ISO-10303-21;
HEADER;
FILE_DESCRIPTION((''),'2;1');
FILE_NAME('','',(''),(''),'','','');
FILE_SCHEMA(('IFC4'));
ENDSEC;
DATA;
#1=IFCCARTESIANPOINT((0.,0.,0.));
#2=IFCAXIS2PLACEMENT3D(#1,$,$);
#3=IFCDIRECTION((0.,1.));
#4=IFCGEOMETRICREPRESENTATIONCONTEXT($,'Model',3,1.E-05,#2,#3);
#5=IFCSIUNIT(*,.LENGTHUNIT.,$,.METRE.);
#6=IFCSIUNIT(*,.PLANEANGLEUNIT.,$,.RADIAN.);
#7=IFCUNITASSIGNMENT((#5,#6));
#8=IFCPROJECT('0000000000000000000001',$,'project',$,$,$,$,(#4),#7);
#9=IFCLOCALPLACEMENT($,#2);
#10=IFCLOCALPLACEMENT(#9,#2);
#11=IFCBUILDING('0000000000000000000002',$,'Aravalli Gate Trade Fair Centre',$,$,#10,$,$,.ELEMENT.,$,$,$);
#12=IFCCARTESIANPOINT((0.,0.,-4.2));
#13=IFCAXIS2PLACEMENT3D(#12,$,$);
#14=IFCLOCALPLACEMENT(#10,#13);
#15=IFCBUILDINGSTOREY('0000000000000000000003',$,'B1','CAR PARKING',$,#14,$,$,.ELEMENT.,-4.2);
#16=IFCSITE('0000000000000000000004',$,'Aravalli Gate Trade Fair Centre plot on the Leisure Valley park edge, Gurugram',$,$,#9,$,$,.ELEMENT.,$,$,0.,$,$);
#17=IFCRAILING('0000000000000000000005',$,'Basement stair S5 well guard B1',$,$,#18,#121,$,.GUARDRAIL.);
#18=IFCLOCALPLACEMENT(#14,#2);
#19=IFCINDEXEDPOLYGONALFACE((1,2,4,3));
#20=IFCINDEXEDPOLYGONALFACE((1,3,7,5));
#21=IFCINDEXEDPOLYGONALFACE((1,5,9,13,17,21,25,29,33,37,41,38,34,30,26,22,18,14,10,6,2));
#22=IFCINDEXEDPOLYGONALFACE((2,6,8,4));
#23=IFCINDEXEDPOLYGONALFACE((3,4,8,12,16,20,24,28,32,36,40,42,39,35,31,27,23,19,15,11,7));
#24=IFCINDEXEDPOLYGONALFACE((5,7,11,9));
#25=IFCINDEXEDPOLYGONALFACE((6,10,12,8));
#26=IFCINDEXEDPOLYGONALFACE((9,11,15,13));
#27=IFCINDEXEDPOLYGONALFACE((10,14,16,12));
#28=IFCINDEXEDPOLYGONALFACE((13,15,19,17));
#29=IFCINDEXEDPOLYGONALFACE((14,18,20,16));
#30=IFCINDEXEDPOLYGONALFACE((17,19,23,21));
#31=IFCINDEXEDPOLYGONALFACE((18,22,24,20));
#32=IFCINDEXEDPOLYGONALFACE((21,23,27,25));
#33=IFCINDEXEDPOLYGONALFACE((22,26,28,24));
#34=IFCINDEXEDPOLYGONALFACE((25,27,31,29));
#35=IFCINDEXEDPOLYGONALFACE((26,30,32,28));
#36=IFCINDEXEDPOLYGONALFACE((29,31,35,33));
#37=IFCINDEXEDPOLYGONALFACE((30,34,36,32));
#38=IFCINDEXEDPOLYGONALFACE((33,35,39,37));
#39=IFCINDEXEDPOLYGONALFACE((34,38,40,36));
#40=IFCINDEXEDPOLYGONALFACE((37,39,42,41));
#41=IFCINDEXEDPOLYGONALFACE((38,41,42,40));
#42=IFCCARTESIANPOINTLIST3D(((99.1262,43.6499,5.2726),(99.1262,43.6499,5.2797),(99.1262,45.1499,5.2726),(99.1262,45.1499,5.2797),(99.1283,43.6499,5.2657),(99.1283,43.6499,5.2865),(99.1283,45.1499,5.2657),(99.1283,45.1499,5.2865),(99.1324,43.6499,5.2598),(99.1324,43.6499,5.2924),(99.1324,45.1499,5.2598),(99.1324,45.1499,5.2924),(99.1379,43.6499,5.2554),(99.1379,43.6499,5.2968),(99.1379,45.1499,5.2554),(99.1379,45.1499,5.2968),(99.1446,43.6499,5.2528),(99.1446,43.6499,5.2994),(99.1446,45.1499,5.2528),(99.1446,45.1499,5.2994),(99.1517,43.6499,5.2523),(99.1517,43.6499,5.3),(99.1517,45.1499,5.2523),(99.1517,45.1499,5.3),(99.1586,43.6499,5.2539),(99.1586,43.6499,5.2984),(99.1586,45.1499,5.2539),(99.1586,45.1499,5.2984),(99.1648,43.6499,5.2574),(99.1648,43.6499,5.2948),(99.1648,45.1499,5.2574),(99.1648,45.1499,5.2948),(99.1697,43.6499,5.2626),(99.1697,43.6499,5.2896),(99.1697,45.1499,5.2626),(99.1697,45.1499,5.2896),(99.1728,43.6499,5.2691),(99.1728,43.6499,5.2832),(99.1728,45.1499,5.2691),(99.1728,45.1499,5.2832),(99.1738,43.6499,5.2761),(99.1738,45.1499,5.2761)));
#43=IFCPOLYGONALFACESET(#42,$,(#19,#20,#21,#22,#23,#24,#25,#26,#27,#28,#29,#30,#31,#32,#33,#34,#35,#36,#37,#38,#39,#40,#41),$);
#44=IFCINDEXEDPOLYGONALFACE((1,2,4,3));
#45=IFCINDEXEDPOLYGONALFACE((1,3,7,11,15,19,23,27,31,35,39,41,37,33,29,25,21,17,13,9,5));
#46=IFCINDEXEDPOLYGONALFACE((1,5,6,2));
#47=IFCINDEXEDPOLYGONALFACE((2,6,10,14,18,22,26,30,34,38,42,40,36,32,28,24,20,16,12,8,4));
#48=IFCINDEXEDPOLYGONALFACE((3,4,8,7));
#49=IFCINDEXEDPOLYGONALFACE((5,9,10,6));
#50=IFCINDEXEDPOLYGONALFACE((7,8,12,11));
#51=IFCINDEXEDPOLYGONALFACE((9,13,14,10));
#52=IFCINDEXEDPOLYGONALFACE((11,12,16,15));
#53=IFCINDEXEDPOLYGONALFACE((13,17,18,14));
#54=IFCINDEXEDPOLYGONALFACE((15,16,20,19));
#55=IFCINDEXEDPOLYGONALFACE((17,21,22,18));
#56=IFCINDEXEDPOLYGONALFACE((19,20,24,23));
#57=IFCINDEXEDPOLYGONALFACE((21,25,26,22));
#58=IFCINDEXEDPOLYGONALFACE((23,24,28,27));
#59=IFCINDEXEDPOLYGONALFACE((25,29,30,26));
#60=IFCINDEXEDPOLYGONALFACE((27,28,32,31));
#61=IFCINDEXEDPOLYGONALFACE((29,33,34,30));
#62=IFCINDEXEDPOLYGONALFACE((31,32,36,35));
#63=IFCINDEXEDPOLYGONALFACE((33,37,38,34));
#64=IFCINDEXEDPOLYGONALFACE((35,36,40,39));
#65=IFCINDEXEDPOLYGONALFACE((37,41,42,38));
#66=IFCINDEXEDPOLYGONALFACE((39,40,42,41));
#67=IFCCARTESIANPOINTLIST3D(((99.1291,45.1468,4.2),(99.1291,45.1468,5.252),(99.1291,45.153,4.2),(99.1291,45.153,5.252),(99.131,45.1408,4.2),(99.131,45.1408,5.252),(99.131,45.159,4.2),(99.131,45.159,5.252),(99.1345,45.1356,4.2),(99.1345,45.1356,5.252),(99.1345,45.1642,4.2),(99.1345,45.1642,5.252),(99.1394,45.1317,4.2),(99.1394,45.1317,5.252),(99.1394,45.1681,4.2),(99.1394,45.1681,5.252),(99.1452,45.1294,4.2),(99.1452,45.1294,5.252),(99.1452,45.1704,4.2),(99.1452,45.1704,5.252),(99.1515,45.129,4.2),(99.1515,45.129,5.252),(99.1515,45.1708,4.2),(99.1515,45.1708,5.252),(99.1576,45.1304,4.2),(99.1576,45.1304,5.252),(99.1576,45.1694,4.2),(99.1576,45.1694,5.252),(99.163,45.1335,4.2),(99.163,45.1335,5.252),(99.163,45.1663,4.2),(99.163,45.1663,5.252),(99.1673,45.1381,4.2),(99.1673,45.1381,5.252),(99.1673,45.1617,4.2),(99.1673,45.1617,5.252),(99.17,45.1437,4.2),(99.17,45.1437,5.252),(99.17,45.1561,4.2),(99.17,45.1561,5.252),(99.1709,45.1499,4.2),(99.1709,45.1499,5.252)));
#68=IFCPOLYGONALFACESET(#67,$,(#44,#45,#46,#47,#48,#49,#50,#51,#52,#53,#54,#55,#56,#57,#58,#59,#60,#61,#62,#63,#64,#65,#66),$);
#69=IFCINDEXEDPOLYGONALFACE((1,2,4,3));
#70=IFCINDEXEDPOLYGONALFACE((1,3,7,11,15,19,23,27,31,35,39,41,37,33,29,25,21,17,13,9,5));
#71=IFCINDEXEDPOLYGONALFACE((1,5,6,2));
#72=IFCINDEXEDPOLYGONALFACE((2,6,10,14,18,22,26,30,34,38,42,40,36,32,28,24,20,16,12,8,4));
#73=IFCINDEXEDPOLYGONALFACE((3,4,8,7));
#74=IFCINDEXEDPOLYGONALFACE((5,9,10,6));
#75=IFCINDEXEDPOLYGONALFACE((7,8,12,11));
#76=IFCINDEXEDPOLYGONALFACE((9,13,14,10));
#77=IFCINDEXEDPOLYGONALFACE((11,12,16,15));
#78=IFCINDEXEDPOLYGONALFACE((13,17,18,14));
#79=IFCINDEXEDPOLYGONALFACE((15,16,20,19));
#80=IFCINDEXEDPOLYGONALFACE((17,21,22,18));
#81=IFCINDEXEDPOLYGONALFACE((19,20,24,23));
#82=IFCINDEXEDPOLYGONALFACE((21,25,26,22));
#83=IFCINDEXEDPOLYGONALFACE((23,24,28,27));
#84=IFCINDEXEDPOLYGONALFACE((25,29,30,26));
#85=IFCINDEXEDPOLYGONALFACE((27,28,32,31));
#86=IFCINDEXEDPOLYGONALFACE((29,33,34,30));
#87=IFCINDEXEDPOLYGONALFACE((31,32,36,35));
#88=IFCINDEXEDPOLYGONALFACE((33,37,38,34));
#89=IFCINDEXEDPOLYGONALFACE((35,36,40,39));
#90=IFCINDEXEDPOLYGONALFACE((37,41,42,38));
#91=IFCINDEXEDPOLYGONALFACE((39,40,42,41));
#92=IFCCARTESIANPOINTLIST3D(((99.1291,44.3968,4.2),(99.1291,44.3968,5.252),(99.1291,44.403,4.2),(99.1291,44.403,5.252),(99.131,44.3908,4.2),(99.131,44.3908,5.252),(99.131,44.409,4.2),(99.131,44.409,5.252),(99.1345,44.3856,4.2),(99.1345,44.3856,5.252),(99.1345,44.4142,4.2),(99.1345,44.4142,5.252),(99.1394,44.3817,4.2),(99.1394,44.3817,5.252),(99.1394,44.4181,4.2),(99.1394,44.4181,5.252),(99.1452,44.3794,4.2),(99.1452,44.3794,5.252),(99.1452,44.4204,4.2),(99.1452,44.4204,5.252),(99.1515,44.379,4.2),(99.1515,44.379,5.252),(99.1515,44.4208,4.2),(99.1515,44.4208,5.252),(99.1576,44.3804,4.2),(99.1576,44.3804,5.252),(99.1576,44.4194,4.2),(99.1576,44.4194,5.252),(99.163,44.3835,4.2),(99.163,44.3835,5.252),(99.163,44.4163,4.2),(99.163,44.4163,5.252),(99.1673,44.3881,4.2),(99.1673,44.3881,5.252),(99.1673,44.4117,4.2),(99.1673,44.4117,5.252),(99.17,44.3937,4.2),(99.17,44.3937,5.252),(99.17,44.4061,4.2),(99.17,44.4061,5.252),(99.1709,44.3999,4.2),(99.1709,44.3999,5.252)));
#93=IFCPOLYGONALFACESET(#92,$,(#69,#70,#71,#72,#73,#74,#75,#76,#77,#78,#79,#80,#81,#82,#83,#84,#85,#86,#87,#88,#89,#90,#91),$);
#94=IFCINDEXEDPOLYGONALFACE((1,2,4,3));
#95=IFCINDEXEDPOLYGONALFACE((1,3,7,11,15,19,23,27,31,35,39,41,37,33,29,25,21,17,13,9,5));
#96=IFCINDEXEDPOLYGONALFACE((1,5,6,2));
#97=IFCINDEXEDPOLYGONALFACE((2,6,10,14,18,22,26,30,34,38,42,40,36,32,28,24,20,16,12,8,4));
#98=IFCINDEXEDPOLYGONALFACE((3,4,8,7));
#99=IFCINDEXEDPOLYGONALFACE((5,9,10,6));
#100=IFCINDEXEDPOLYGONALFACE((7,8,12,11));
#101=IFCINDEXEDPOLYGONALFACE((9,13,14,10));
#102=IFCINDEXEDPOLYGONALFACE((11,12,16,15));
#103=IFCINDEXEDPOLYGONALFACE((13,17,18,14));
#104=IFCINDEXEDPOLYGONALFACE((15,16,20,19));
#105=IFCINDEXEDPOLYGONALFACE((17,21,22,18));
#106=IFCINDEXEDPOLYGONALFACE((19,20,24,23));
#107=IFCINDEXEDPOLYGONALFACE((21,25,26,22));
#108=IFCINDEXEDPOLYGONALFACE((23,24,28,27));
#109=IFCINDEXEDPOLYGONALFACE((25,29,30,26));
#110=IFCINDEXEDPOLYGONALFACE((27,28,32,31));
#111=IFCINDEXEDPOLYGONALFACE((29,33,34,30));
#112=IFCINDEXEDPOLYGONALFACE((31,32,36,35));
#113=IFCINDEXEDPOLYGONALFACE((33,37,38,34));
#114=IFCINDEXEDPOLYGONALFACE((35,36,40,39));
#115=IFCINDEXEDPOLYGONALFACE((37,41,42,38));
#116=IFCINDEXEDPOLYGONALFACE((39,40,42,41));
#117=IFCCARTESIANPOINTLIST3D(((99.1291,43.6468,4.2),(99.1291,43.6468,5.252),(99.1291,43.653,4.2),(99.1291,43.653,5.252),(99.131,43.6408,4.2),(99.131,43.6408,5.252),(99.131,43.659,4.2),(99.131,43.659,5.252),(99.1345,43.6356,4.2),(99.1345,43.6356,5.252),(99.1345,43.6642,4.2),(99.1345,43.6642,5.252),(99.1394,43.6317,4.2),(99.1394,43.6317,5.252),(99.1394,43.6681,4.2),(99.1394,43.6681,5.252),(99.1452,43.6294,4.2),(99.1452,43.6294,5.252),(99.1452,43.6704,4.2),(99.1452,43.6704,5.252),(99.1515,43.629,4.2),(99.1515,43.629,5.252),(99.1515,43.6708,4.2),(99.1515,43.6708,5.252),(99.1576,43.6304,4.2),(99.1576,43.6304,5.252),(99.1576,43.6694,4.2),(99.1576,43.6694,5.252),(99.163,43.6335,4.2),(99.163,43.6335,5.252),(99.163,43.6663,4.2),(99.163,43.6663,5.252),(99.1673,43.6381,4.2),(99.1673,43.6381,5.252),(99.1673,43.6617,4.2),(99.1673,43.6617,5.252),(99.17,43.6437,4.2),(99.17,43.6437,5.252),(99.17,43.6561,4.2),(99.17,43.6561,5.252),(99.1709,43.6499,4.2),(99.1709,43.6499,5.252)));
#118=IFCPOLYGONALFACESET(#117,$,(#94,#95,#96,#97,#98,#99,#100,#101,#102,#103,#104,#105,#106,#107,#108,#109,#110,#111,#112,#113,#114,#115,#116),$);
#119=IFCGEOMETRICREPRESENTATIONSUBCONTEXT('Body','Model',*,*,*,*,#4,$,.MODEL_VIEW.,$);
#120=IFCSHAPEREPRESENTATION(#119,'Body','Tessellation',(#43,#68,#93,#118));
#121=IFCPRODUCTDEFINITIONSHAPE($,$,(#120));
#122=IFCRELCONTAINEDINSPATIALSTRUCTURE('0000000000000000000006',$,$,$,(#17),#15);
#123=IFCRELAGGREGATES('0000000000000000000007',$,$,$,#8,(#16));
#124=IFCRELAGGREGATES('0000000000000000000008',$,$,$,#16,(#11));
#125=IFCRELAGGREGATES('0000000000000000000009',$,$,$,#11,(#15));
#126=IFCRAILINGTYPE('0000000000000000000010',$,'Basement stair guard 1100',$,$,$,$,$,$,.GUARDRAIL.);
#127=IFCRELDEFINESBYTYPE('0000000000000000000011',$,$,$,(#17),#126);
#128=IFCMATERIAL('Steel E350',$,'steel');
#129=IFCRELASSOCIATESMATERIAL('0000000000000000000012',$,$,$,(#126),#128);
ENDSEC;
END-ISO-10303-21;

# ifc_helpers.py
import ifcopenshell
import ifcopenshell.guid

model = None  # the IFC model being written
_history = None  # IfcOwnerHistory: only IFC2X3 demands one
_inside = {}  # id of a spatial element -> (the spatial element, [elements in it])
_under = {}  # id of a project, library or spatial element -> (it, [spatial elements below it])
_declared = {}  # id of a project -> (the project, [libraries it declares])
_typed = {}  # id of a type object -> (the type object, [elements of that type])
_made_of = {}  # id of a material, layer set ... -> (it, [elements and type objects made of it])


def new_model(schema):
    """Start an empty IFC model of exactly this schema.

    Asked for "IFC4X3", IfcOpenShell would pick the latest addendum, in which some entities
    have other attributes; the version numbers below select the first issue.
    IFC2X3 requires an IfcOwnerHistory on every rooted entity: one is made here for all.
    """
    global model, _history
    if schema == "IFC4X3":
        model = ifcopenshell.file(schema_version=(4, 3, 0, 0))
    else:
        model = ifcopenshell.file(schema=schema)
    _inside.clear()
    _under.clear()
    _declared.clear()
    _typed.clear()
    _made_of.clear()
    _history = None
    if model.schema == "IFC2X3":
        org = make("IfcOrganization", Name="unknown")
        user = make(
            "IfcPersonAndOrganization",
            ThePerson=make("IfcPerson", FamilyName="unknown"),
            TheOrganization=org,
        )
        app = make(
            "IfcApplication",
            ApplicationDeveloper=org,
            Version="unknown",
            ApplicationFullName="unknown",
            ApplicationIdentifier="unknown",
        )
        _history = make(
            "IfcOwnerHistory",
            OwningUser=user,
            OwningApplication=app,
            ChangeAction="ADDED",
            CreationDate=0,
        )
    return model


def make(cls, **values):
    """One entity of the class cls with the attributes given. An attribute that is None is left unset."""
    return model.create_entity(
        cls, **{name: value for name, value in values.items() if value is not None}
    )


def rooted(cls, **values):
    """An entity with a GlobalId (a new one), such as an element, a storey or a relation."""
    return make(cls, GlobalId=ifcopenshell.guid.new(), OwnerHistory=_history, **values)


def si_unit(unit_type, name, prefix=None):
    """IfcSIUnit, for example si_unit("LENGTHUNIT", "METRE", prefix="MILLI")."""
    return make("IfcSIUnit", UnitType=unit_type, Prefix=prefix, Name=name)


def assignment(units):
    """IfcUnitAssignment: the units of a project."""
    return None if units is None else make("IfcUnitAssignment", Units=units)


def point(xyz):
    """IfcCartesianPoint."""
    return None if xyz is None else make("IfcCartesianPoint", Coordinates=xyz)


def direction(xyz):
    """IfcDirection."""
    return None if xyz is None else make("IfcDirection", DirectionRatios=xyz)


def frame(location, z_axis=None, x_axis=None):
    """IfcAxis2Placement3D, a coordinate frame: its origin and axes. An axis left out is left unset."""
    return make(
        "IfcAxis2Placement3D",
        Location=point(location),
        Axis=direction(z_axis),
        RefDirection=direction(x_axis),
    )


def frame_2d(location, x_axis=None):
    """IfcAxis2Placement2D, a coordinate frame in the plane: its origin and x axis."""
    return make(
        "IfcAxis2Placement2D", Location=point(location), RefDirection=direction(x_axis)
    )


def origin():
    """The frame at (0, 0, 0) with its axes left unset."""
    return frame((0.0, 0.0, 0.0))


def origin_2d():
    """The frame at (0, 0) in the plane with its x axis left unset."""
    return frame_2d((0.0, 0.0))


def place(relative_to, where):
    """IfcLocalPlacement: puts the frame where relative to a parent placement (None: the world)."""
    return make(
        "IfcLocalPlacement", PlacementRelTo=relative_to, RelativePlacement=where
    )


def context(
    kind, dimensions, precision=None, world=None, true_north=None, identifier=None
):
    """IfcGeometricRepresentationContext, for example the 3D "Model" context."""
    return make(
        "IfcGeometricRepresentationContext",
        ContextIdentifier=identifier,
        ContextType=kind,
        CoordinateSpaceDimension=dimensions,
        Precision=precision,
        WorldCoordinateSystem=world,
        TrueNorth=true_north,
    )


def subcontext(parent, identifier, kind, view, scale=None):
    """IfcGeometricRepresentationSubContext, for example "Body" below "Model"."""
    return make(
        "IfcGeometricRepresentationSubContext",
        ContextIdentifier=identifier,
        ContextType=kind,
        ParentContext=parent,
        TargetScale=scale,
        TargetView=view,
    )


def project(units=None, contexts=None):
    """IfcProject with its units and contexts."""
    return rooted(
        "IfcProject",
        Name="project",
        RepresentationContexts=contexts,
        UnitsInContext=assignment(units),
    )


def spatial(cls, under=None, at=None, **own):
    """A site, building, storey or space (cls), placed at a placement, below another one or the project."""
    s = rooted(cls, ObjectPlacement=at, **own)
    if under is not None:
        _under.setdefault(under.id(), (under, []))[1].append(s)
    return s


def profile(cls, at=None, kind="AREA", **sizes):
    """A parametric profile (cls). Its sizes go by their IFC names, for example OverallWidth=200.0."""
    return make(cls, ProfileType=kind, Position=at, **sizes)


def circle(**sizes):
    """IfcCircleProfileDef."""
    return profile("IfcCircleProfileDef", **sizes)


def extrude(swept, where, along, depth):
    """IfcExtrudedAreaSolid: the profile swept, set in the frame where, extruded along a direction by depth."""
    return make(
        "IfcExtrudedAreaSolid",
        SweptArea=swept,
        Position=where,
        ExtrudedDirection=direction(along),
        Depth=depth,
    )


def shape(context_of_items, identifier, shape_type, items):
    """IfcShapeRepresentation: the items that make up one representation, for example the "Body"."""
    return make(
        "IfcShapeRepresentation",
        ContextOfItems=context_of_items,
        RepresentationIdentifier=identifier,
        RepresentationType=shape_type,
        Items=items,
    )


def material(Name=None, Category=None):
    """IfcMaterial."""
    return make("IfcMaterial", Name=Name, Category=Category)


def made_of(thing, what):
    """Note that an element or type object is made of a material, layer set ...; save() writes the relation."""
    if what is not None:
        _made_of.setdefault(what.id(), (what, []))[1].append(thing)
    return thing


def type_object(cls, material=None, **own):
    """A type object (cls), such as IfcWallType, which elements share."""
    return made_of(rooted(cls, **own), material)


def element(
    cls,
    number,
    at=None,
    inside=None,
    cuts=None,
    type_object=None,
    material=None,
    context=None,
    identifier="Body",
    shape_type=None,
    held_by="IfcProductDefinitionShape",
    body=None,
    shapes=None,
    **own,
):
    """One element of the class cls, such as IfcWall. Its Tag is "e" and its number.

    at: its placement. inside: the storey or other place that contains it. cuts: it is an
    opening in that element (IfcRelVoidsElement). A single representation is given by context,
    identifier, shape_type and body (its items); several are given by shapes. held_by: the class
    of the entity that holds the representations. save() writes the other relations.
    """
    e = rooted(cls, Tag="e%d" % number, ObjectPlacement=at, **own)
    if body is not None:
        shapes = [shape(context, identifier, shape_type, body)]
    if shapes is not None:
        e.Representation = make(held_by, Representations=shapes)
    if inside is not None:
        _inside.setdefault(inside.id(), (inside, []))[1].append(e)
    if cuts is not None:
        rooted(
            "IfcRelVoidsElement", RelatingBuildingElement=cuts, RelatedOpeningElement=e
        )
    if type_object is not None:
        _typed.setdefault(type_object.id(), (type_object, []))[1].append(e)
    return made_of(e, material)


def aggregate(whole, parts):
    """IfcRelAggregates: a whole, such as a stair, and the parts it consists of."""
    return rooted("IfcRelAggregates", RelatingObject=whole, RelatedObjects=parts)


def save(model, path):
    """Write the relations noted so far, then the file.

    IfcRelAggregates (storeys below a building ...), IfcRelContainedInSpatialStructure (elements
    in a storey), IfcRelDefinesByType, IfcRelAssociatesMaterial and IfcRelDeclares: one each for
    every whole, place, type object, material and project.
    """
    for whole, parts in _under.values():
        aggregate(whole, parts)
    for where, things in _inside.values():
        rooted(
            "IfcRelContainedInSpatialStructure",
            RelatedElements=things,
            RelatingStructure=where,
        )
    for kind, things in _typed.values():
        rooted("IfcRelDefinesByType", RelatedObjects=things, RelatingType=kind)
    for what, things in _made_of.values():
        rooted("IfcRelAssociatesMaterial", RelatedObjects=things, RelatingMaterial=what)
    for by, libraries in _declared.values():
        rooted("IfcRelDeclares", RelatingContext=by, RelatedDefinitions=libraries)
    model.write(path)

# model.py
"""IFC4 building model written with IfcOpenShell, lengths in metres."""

from ifc_helpers import new_model, si_unit, direction, frame, origin, origin_2d, place, context, subcontext, project, spatial, circle, extrude, material, type_object, element, save


model = new_model("IFC4")

# Units and contexts
model_context = context("Model", 3, precision=1e-05, world=origin(), true_north=direction((0.0, 1.0)))
body_context = subcontext(model_context, "Body", "Model", "MODEL_VIEW")
ifc_project = project(units=[si_unit("LENGTHUNIT", "METRE"), si_unit("PLANEANGLEUNIT", "RADIAN")], contexts=[model_context])

# Site, building, storey
site_placement = place(None, origin())
site = spatial("IfcSite", under=ifc_project, at=site_placement, Name="Aravalli Gate Trade Fair Centre plot on the Leisure Valley park edge, Gurugram", CompositionType="ELEMENT", RefElevation=0.0)
building_placement = place(site_placement, origin())
building = spatial("IfcBuilding", under=site, at=building_placement, Name="Aravalli Gate Trade Fair Centre", CompositionType="ELEMENT")
storey_placement = place(building_placement, frame((0.0, 0.0, -4.2)))
storey = spatial("IfcBuildingStorey", under=building, at=storey_placement, Name="B1", Description="CAR PARKING", CompositionType="ELEMENT", Elevation=-4.2)

# Railing
ifc_material_1 = material(Name="Steel E350", Category="steel")
railing_type_1 = type_object("IfcRailingType", Name="Basement stair guard 1100", PredefinedType="GUARDRAIL", material=ifc_material_1)
railing_1_placement = place(storey_placement, frame((99.1499, 45.1499, 4.2)))
element("IfcRailing", 1, at=railing_1_placement, inside=storey, type_object=railing_type_1, Name="Basement stair S5 well guard B1", PredefinedType="GUARDRAIL", context=body_context, shape_type="SweptSolid", body=[
    extrude(circle(Radius=0.0239, at=origin_2d()), frame((0.0, 0.0, 1.0762), z_axis=(0.0, -1.0, 0.0), x_axis=(1.0, 0.0, 0.0)), (0.0, 0.0, 1.0), 1.5),
    extrude(circle(Radius=0.021, at=origin_2d()), origin(), (0.0, 0.0, 1.0), 1.052),
    extrude(circle(Radius=0.021, at=origin_2d()), frame((0.0, -0.75, 0.0)), (0.0, 0.0, 1.0), 1.052),
    extrude(circle(Radius=0.021, at=origin_2d()), frame((0.0, -1.5, 0.0)), (0.0, 0.0, 1.0), 1.052),
])

save(model, "model.ifc")
